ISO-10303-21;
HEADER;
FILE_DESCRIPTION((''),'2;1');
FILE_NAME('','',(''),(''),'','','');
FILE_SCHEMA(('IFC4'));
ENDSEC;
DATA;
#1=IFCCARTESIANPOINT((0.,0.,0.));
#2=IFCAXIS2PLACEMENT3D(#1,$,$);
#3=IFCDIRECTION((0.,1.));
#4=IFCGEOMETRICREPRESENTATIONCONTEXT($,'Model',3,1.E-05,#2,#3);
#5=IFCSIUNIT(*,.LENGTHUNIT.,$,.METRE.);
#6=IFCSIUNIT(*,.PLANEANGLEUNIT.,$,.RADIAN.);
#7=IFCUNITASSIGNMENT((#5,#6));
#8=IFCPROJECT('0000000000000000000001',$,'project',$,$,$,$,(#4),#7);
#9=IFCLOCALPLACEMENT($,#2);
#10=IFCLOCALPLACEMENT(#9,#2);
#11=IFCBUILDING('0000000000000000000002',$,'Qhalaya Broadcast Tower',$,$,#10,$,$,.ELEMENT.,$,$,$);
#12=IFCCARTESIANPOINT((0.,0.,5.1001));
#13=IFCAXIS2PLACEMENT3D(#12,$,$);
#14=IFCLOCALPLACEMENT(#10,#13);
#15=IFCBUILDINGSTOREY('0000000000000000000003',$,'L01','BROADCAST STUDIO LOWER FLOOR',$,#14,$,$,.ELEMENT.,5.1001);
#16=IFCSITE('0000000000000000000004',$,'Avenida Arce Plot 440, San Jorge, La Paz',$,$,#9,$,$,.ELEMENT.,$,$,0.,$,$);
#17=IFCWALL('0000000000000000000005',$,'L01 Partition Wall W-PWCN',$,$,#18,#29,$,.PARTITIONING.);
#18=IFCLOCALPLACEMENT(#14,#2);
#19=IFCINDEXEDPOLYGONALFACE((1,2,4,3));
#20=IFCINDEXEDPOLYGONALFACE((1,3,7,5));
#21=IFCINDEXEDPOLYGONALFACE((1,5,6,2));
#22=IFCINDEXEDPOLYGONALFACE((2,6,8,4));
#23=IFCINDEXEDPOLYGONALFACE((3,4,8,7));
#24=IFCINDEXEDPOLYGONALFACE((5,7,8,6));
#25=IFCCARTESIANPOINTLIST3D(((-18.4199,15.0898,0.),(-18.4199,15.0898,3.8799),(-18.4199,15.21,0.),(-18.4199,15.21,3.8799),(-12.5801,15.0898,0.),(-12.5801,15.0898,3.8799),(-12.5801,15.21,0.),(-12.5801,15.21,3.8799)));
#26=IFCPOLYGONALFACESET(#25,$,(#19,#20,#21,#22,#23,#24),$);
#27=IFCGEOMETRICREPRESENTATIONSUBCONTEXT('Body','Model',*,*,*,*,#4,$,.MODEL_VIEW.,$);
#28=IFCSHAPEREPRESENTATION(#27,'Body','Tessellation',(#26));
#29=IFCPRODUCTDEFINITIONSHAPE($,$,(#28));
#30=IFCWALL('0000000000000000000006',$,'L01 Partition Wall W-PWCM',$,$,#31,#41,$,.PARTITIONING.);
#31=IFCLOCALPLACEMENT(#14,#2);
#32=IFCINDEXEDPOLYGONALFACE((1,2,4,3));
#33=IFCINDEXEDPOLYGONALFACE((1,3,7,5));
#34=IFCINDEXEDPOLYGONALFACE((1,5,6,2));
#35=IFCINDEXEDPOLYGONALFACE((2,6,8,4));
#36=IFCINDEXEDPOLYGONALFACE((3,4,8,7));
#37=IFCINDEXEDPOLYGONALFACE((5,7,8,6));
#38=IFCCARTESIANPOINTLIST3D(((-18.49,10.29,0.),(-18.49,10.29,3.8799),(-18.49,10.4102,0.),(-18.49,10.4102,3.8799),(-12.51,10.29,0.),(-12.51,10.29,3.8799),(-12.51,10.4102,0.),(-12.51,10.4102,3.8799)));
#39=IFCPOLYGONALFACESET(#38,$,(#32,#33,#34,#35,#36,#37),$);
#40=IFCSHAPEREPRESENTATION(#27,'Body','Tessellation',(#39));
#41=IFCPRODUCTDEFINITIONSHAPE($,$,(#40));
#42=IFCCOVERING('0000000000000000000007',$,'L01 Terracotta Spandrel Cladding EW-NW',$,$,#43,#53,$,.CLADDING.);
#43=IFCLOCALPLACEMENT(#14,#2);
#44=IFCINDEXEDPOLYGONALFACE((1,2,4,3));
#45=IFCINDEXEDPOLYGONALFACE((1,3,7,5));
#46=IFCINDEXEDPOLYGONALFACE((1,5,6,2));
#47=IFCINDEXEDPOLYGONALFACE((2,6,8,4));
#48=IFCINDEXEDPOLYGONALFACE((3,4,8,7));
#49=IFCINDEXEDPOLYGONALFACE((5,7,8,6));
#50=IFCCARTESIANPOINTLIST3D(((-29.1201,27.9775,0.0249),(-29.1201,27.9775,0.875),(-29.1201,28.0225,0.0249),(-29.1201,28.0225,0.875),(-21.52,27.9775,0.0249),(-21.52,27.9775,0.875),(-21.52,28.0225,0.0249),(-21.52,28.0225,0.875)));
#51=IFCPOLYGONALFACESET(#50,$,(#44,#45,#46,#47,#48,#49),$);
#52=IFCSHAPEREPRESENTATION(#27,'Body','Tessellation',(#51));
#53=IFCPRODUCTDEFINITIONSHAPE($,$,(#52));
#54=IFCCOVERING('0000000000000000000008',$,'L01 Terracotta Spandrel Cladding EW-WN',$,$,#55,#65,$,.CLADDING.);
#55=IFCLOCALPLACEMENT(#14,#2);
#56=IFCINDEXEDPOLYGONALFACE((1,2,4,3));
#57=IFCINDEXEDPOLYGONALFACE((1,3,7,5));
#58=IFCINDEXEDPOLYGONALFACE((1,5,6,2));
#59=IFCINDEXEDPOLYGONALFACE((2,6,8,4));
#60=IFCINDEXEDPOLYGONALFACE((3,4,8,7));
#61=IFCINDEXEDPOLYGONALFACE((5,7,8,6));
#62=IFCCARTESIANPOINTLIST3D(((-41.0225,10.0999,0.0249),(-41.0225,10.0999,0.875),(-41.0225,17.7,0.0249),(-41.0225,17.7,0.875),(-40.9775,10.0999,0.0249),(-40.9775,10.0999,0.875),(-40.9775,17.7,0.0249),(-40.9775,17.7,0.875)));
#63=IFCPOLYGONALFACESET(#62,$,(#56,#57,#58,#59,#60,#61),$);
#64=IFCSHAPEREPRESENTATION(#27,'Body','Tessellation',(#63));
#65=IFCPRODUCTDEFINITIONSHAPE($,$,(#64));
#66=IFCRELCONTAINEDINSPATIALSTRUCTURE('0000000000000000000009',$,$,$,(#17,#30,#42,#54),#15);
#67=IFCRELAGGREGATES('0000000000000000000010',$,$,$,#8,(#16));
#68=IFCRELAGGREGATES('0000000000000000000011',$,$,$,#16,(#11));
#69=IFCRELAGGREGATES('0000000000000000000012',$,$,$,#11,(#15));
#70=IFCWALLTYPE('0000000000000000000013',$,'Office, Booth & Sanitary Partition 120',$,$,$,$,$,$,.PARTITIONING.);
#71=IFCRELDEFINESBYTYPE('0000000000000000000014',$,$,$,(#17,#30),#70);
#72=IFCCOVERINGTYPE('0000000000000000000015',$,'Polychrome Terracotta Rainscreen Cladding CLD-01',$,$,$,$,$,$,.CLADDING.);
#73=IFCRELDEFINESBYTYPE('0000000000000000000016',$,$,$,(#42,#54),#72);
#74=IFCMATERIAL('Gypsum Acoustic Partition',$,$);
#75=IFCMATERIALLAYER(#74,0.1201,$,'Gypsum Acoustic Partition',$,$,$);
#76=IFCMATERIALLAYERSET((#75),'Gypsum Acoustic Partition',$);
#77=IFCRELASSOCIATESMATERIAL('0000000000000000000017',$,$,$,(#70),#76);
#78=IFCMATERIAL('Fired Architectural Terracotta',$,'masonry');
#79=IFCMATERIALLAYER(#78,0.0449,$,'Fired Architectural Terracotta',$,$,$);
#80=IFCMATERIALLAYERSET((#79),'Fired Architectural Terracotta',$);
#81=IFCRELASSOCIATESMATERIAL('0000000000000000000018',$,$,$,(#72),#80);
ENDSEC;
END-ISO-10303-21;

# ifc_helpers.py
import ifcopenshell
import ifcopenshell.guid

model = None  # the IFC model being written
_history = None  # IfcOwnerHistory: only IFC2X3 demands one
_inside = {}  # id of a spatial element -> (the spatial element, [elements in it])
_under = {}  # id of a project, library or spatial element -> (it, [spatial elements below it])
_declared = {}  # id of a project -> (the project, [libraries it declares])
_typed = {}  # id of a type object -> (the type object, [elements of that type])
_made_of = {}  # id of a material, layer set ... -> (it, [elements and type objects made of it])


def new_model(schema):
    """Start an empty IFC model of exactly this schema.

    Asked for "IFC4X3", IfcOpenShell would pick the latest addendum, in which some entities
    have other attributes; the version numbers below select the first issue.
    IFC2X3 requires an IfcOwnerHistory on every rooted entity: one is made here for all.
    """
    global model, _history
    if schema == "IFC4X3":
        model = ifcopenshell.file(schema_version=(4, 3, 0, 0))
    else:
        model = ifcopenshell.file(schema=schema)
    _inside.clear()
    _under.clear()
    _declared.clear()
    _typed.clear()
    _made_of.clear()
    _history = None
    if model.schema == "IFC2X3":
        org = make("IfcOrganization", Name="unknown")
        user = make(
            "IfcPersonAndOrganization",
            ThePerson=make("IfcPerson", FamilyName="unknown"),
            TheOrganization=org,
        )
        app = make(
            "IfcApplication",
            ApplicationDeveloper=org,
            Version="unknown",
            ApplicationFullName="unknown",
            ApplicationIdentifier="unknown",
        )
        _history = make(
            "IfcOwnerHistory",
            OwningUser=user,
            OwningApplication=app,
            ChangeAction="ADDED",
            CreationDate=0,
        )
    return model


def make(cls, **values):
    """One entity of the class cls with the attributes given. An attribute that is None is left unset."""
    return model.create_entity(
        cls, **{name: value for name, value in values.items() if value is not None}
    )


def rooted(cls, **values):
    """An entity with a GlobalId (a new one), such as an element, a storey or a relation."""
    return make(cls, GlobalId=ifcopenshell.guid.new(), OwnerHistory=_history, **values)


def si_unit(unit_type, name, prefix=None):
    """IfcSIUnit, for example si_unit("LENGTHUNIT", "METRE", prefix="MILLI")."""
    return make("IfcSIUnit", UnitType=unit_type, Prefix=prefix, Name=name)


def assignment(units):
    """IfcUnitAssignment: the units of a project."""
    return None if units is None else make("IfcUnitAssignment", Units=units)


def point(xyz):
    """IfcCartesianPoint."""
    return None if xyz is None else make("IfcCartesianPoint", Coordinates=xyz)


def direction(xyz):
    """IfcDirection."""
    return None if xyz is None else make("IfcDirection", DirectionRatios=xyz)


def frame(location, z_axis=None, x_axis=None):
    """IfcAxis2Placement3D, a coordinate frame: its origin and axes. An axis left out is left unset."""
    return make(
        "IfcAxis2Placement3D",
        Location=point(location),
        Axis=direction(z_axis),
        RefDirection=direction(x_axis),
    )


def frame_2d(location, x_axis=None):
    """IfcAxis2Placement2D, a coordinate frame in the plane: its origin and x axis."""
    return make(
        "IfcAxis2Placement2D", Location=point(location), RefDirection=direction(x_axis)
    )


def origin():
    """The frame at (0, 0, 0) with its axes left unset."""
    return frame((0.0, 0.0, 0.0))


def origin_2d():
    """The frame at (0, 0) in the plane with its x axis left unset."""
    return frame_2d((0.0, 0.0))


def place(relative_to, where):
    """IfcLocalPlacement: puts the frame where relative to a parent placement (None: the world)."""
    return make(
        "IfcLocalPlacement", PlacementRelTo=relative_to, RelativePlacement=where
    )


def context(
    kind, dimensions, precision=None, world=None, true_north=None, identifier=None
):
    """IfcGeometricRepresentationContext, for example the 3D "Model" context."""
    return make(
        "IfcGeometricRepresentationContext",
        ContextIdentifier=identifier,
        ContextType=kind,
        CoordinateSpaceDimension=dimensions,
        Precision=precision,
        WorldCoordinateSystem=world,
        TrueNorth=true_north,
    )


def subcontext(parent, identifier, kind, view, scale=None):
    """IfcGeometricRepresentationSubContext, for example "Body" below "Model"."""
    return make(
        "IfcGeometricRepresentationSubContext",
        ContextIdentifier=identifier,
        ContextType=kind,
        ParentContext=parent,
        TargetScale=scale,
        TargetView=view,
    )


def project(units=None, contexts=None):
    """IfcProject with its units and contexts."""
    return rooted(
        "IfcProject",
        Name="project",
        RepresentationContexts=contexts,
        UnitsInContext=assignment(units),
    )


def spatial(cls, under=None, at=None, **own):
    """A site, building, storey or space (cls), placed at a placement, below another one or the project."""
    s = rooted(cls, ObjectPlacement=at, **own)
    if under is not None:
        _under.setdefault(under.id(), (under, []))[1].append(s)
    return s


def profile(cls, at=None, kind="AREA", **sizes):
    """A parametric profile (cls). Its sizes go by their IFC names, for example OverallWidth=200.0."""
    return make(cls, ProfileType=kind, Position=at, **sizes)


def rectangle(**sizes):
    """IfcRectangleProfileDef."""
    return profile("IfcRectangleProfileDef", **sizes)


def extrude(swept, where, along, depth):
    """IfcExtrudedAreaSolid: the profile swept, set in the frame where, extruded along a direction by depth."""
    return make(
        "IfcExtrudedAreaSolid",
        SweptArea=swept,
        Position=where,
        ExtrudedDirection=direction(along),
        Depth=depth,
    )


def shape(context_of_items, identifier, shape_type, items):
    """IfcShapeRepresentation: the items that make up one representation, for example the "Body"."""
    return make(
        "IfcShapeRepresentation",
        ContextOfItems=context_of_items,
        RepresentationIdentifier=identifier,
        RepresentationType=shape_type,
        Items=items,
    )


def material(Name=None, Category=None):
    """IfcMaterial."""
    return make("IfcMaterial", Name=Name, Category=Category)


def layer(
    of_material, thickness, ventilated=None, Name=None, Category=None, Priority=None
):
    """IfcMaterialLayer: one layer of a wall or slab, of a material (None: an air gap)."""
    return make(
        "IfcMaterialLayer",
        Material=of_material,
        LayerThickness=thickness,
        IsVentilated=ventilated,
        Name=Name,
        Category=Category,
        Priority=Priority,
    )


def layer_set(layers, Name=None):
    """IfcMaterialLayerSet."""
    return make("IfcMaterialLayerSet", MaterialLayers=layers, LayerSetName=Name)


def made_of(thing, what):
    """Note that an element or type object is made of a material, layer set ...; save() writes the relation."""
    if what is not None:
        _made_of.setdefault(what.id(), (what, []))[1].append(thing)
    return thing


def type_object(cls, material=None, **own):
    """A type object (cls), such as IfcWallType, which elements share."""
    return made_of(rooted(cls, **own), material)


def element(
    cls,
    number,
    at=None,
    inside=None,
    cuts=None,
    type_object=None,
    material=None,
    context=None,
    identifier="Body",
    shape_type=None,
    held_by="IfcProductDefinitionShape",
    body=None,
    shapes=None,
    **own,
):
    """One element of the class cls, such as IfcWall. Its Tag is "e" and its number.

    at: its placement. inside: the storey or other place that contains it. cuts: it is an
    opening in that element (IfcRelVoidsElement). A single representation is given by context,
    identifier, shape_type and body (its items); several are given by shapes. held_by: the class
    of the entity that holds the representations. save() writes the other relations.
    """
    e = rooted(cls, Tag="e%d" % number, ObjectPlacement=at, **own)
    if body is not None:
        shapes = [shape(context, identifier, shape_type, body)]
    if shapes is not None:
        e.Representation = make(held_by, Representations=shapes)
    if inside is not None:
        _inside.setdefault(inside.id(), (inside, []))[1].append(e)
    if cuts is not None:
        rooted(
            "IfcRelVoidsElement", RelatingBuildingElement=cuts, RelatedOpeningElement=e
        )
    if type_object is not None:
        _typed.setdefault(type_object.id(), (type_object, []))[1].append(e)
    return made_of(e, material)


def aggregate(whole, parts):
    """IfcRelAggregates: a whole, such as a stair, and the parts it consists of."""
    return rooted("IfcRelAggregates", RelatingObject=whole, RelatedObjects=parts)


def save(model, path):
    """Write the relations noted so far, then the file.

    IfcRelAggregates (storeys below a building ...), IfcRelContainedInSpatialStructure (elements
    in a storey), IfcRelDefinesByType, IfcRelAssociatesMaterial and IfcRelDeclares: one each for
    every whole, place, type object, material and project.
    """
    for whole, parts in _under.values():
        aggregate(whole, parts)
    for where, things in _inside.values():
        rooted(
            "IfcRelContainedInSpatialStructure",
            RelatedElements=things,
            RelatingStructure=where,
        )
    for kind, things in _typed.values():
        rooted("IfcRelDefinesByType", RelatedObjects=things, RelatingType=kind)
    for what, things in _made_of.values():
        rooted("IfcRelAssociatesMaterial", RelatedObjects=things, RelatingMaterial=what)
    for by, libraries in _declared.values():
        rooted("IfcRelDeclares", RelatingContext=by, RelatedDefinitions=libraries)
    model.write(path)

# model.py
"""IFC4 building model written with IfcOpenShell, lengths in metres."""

from ifc_helpers import new_model, si_unit, direction, frame, frame_2d, origin, origin_2d, place, context, subcontext, project, spatial, rectangle, extrude, material, layer, layer_set, type_object, element, save


model = new_model("IFC4")

# Units and contexts
model_context = context("Model", 3, precision=1e-05, world=origin(), true_north=direction((0.0, 1.0)))
body_context = subcontext(model_context, "Body", "Model", "MODEL_VIEW")
ifc_project = project(units=[si_unit("LENGTHUNIT", "METRE"), si_unit("PLANEANGLEUNIT", "RADIAN")], contexts=[model_context])

# Site, building, storey
site_placement = place(None, origin())
site = spatial("IfcSite", under=ifc_project, at=site_placement, Name="Avenida Arce Plot 440, San Jorge, La Paz", CompositionType="ELEMENT", RefElevation=0.0)
building_placement = place(site_placement, origin())
building = spatial("IfcBuilding", under=site, at=building_placement, Name="Qhalaya Broadcast Tower", CompositionType="ELEMENT")
storey_placement = place(building_placement, frame((0.0, 0.0, 5.1001)))
storey = spatial("IfcBuildingStorey", under=building, at=storey_placement, Name="L01", Description="BROADCAST STUDIO LOWER FLOOR", CompositionType="ELEMENT", Elevation=5.1001)

# Shared definitions
ifc_material_1 = material(Name="Gypsum Acoustic Partition")

# Walls
ifc_layer_1 = layer(ifc_material_1, 0.1201, Name="Gypsum Acoustic Partition")
ifc_layer_set_1 = layer_set([ifc_layer_1], Name="Gypsum Acoustic Partition")
wall_type_1 = type_object("IfcWallType", Name="Office, Booth & Sanitary Partition 120", PredefinedType="PARTITIONING", material=ifc_layer_set_1)
wall_1_placement = place(storey_placement, frame((-18.4199, 15.1499, 0.0), z_axis=(0.0, 0.0, 1.0), x_axis=(1.0, 0.0, 0.0)))
element("IfcWall", 1, at=wall_1_placement, inside=storey, type_object=wall_type_1, Name="L01 Partition Wall W-PWCN", PredefinedType="PARTITIONING", context=body_context, shape_type="SweptSolid", body=[
    extrude(rectangle(XDim=5.8398, YDim=0.1201, at=frame_2d((2.9199, 0.0))), origin(), (0.0, 0.0, 1.0), 3.8799),
])
wall_2_placement = place(storey_placement, frame((-18.49, 10.3501, 0.0), z_axis=(0.0, 0.0, 1.0), x_axis=(1.0, 0.0, 0.0)))
element("IfcWall", 2, at=wall_2_placement, inside=storey, type_object=wall_type_1, Name="L01 Partition Wall W-PWCM", PredefinedType="PARTITIONING", context=body_context, shape_type="SweptSolid", body=[
    extrude(rectangle(XDim=5.98, YDim=0.1201, at=frame_2d((2.99, 0.0))), origin(), (0.0, 0.0, 1.0), 3.8799),
])

# Coverings
ifc_material_2 = material(Name="Fired Architectural Terracotta", Category="masonry")
ifc_layer_2 = layer(ifc_material_2, 0.0449, Name="Fired Architectural Terracotta")
ifc_layer_set_2 = layer_set([ifc_layer_2], Name="Fired Architectural Terracotta")
covering_type = type_object("IfcCoveringType", Name="Polychrome Terracotta Rainscreen Cladding CLD-01", PredefinedType="CLADDING", material=ifc_layer_set_2)
for number, where, z_axis, x_axis, name in (
    (3, (-25.3201, 28.0, 0.0249), (0.0, 0.0, 1.0), (1.0, 0.0, 0.0), "L01 Terracotta Spandrel Cladding EW-NW"),
    (4, (-41.0, 13.8999, 0.0249), (0.0, 0.0, 1.0), (0.0, 1.0, 0.0), "L01 Terracotta Spandrel Cladding EW-WN"),
):
    element("IfcCovering", number, at=place(storey_placement, frame(where, z_axis=z_axis, x_axis=x_axis)), inside=storey, type_object=covering_type, Name=name, PredefinedType="CLADDING", context=body_context, shape_type="SweptSolid", body=[
        extrude(rectangle(XDim=7.6001, YDim=0.0449, at=origin_2d()), origin(), (0.0, 0.0, 1.0), 0.8501),
    ])

save(model, "model.ifc")
